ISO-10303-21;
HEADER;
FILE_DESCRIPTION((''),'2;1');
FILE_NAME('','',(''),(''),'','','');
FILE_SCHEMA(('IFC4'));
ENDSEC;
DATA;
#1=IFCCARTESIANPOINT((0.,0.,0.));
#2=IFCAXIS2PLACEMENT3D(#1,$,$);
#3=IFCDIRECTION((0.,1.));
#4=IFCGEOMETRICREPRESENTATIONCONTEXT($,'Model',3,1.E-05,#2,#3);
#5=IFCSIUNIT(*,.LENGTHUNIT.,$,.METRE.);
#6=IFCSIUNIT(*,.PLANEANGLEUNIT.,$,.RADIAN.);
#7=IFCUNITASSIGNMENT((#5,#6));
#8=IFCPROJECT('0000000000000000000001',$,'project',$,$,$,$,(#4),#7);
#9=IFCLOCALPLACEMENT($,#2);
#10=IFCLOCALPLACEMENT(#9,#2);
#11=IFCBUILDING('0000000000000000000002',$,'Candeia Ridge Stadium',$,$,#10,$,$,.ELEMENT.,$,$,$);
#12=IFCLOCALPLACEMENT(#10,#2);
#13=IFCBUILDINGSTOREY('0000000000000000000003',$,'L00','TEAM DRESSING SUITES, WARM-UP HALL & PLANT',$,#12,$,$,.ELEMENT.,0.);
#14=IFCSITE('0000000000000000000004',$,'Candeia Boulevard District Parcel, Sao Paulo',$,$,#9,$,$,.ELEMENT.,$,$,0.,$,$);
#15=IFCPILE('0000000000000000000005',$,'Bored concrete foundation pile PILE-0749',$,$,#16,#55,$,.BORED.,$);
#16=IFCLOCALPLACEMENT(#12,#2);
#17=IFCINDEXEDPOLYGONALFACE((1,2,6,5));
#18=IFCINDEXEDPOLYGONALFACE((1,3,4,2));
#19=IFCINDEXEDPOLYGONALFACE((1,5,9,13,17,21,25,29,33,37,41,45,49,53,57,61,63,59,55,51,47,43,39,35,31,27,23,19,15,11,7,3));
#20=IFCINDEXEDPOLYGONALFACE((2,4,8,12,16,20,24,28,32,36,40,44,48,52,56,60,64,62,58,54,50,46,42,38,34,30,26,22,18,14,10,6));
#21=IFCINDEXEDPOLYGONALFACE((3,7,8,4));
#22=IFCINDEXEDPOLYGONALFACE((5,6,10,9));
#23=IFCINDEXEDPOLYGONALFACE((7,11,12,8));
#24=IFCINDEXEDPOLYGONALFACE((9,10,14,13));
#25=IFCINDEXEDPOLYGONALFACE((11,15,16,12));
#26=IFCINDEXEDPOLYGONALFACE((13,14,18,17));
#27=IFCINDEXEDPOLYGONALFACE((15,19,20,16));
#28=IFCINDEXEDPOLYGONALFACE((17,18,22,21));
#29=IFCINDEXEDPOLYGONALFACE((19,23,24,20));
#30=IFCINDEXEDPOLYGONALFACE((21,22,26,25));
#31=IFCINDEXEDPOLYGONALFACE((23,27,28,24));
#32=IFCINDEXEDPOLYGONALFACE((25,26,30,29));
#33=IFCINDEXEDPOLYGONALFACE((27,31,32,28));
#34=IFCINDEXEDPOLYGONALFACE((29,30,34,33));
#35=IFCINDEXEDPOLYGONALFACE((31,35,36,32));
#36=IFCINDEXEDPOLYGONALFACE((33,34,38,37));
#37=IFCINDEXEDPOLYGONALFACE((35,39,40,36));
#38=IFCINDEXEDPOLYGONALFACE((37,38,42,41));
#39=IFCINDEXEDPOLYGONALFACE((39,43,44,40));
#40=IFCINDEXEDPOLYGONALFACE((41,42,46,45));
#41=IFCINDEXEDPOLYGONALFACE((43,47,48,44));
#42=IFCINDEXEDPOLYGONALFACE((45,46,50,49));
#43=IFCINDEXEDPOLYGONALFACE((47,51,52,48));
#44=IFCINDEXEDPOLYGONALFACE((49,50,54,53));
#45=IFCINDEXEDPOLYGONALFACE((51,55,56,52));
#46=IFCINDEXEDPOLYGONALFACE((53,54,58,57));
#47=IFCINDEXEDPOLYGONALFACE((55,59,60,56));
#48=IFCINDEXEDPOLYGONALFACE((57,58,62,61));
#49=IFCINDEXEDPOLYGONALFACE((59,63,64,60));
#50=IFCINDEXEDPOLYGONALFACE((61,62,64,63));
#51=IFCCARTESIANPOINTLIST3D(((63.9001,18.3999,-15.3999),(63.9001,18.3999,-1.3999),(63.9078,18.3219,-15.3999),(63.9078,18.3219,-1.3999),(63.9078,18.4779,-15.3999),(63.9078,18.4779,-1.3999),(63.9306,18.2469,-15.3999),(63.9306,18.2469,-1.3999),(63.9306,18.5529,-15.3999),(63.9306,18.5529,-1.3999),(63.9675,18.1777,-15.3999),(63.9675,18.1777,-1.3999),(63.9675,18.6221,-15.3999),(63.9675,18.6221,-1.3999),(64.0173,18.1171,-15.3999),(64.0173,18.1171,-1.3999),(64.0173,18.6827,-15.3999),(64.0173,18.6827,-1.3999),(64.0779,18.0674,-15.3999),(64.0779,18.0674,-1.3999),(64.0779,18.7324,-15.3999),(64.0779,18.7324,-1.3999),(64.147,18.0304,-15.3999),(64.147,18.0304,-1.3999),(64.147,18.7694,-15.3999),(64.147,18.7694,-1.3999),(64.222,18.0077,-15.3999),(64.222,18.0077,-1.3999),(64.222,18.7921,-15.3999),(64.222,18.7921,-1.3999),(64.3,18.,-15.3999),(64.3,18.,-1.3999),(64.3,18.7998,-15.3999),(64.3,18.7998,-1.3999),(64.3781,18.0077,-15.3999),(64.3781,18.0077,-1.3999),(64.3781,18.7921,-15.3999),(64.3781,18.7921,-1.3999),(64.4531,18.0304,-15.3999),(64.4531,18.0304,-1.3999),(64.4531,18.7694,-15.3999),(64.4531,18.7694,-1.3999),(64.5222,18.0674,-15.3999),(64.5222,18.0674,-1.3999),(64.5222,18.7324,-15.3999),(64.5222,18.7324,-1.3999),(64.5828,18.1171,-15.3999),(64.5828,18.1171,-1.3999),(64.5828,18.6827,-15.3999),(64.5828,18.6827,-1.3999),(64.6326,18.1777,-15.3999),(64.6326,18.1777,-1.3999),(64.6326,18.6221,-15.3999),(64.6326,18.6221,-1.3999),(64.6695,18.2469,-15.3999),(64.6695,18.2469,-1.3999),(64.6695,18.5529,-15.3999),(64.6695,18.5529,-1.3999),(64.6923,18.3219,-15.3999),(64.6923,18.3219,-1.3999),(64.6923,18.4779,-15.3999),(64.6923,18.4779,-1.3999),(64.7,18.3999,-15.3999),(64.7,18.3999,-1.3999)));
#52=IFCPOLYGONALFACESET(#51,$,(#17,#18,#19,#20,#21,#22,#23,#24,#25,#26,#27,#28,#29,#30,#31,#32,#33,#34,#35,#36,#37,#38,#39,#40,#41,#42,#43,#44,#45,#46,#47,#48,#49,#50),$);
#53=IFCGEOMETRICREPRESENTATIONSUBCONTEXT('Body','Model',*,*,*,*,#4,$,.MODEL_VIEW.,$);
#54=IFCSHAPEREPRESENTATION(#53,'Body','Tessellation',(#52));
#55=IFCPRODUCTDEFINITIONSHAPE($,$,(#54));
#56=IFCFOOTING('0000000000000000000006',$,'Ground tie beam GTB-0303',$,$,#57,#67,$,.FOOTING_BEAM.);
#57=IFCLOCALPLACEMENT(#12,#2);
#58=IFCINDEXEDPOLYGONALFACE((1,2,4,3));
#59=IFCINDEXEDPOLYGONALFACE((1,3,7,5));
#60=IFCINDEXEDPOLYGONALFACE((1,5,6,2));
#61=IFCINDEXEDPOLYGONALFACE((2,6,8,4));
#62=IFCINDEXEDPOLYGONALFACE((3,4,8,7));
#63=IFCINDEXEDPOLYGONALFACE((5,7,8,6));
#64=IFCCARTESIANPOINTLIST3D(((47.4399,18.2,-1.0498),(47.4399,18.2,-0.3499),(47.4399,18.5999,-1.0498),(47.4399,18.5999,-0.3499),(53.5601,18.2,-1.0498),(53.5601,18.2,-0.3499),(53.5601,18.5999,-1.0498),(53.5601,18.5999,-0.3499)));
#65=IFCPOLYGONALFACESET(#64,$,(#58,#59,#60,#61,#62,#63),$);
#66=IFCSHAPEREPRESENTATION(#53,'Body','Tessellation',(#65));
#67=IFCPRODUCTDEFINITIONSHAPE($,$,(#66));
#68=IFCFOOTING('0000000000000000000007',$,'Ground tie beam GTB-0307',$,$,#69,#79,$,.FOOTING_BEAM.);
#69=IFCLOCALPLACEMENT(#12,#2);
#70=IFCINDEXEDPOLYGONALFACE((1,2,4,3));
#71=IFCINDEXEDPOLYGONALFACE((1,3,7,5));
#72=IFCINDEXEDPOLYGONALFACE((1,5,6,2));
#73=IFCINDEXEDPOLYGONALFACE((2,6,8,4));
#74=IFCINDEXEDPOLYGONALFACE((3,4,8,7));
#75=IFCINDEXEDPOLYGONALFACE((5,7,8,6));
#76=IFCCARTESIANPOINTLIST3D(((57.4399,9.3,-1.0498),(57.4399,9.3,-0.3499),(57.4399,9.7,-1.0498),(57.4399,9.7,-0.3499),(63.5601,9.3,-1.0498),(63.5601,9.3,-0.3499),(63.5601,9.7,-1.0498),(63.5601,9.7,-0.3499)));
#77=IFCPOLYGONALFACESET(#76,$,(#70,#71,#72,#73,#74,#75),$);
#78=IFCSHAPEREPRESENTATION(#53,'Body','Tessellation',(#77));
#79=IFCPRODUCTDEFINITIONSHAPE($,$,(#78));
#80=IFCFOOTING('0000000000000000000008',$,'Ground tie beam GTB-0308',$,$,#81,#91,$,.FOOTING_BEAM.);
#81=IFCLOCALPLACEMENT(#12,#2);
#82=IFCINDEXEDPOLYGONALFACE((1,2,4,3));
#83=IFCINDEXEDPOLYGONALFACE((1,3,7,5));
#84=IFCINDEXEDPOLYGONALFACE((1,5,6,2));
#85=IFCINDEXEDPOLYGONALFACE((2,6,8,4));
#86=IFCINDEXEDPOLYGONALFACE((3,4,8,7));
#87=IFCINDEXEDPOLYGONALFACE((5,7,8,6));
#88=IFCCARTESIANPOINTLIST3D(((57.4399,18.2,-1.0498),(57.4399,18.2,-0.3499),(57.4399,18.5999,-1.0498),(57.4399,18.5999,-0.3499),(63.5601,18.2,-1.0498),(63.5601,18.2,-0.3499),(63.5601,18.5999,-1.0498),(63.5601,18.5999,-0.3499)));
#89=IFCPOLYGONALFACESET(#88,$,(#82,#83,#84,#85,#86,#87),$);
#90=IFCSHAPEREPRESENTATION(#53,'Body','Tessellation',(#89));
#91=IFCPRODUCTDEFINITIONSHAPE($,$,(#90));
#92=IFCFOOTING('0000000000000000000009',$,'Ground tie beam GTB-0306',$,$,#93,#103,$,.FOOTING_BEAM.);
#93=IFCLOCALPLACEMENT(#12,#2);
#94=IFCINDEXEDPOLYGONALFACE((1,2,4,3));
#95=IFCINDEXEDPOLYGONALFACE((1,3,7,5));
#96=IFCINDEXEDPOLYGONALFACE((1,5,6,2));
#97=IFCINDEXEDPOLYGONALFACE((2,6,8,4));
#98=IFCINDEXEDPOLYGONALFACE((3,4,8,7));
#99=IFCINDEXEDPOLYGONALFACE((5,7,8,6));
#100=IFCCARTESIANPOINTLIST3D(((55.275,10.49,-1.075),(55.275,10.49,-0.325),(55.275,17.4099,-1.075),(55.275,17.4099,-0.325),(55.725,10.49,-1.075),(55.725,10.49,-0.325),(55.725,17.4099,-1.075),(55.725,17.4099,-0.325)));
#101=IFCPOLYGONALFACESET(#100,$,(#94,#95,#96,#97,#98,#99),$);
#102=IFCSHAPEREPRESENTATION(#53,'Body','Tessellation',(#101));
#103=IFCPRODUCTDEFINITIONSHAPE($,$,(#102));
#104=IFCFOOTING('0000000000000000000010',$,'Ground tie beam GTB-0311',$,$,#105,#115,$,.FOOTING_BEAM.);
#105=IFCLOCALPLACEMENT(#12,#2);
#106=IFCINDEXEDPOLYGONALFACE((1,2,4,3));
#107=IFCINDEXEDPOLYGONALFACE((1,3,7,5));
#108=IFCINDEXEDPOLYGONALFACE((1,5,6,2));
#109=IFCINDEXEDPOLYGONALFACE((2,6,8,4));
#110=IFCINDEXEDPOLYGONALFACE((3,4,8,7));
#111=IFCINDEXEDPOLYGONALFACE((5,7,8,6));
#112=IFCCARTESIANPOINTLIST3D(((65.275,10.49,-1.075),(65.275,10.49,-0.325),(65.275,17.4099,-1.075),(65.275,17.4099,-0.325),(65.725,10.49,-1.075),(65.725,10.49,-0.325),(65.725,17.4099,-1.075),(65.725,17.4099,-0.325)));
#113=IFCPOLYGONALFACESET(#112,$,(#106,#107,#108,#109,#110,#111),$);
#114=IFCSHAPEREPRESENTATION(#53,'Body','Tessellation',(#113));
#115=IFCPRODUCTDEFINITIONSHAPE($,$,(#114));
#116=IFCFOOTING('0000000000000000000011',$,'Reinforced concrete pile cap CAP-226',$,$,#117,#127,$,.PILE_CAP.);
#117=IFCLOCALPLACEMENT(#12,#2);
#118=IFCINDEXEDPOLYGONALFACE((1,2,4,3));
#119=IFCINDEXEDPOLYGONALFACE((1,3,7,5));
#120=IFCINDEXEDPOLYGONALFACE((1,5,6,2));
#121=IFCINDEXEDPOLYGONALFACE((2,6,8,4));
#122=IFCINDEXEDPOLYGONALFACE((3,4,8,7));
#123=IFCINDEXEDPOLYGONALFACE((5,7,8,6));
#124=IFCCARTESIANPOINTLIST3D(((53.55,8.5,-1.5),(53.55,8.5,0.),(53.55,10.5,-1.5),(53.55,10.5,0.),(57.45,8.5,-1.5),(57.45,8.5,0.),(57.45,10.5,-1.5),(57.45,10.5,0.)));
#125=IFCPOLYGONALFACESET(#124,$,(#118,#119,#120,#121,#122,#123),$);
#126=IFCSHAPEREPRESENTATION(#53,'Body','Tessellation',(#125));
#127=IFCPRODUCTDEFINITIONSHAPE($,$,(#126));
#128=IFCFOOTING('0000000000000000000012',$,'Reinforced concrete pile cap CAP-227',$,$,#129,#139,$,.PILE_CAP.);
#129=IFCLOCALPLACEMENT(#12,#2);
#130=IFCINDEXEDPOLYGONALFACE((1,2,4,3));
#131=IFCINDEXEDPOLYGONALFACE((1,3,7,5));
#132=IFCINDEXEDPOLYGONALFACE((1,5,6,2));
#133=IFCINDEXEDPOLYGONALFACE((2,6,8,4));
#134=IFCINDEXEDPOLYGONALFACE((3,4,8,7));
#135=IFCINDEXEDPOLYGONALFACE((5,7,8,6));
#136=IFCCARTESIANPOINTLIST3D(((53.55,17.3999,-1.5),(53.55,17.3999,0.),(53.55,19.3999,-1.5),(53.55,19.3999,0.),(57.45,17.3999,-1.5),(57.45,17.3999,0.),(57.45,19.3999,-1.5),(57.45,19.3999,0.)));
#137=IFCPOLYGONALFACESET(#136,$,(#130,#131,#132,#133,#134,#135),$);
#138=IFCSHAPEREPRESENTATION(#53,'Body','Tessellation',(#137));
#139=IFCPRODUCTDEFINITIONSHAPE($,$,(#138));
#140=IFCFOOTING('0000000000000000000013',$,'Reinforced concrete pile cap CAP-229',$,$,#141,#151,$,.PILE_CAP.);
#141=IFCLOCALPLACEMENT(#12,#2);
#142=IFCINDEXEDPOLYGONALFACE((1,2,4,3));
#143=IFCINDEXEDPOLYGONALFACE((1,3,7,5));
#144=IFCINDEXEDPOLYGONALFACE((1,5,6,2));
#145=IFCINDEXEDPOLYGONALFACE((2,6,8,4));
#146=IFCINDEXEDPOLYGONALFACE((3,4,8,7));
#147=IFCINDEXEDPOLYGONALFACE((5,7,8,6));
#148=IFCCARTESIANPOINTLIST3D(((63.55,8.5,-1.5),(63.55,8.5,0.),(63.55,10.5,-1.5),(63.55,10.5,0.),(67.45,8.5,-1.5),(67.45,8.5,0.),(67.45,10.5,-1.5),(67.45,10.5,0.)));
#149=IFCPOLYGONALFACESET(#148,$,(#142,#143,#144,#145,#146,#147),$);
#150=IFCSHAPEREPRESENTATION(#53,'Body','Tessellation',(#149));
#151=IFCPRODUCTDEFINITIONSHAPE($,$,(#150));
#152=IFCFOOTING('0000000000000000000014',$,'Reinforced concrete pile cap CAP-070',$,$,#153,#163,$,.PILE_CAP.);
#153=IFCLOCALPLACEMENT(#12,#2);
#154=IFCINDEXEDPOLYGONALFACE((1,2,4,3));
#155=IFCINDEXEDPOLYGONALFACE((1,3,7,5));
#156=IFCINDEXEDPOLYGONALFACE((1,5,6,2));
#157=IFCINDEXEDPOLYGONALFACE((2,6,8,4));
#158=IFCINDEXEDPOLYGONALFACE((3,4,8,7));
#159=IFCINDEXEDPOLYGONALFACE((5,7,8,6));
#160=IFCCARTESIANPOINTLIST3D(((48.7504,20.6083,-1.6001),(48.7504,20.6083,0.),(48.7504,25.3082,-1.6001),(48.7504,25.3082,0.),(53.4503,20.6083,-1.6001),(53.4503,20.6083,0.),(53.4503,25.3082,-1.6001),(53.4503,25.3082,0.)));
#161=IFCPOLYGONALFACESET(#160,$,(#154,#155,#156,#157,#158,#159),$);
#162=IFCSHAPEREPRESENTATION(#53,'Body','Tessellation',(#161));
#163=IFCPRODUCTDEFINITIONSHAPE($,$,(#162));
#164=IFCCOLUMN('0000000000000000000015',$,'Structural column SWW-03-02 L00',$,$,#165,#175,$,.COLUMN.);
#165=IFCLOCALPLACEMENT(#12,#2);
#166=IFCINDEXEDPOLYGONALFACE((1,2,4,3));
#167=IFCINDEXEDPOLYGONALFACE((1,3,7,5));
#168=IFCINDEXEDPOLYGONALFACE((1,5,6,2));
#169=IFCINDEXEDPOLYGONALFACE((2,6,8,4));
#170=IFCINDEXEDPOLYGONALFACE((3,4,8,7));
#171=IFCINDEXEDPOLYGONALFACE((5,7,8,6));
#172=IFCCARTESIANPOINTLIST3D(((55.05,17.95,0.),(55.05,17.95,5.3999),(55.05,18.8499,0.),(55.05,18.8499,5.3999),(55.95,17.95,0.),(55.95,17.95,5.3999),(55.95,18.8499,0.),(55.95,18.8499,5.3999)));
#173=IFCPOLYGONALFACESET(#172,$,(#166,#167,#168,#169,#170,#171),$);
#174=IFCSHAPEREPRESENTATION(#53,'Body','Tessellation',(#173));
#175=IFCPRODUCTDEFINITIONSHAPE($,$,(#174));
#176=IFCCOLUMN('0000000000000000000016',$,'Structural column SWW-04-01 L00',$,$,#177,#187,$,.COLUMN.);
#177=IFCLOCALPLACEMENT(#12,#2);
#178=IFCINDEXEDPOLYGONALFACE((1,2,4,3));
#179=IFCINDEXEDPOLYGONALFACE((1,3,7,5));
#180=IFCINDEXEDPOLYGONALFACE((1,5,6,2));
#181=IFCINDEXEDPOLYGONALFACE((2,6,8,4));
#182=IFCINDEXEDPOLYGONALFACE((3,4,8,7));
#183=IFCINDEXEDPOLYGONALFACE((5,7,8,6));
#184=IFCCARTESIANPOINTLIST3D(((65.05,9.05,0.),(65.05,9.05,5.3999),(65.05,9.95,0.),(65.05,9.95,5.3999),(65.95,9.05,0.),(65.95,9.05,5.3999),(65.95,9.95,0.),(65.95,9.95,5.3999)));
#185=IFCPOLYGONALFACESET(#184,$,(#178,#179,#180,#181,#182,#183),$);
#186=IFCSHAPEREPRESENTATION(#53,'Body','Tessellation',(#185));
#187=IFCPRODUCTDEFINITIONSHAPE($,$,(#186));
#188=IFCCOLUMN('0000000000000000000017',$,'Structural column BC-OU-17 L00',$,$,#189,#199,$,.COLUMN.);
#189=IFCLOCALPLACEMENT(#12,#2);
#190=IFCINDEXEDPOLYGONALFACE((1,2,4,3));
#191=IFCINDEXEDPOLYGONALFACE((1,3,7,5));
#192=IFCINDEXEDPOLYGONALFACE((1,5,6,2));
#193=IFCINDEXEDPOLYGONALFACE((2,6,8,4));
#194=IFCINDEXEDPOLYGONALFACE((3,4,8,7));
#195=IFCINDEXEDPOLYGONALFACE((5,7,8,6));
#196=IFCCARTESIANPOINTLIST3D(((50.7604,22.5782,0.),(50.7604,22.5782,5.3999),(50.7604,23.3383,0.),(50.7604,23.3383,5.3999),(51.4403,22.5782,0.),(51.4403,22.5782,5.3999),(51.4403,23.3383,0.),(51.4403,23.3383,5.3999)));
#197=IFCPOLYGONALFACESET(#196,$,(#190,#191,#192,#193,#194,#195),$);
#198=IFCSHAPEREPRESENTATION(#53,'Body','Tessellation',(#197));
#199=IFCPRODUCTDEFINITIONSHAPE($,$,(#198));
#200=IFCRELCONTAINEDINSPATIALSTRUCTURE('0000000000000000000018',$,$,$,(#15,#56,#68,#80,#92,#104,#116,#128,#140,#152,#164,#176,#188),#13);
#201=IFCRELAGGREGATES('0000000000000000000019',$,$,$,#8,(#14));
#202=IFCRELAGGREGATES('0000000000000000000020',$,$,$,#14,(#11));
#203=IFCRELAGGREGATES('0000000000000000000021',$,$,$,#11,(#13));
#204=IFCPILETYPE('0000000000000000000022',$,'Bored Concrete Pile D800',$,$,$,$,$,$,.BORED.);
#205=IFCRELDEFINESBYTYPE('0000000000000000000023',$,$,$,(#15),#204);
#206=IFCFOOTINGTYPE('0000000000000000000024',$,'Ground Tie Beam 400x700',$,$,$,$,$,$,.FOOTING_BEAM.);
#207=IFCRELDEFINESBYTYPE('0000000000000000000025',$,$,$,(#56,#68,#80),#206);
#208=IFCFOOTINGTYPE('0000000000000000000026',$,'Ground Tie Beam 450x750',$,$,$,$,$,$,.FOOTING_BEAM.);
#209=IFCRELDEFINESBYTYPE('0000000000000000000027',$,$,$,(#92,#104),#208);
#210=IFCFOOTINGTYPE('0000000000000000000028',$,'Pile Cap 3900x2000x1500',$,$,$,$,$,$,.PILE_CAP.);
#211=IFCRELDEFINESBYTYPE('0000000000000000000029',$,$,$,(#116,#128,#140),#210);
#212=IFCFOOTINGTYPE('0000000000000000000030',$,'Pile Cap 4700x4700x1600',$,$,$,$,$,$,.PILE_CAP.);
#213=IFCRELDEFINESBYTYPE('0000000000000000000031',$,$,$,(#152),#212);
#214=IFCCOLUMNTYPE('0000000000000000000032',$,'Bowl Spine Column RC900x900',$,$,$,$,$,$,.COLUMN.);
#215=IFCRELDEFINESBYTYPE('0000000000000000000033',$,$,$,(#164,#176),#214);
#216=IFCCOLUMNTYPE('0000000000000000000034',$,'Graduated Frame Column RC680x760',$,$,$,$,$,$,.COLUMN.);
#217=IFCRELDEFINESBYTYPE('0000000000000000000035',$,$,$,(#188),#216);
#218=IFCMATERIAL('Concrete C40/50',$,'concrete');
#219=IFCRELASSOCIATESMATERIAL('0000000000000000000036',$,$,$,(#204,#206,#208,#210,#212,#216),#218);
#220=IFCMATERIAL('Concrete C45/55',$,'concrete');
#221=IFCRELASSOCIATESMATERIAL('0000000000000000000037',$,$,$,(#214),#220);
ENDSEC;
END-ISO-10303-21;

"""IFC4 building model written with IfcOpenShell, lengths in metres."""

from ifc_helpers import new_model, si_unit, direction, frame, origin, origin_2d, place, context, subcontext, project, spatial, rectangle, circle, extrude, material, material_profile, profile_set, type_object, element, save


model = new_model("IFC4")

# Units and contexts
model_context = context("Model", 3, precision=1e-05, world=origin(), true_north=direction((0.0, 1.0)))
body_context = subcontext(model_context, "Body", "Model", "MODEL_VIEW")
ifc_project = project(units=[si_unit("LENGTHUNIT", "METRE"), si_unit("PLANEANGLEUNIT", "RADIAN")], contexts=[model_context])

# Site, building, storey
site_placement = place(None, origin())
site = spatial("IfcSite", under=ifc_project, at=site_placement, Name="Candeia Boulevard District Parcel, Sao Paulo", CompositionType="ELEMENT", RefElevation=0.0)
building_placement = place(site_placement, origin())
building = spatial("IfcBuilding", under=site, at=building_placement, Name="Candeia Ridge Stadium", CompositionType="ELEMENT")
storey_placement = place(building_placement, origin())
storey = spatial("IfcBuildingStorey", under=building, at=storey_placement, Name="L00", Description="TEAM DRESSING SUITES, WARM-UP HALL & PLANT", CompositionType="ELEMENT", Elevation=0.0)

# Pile
ifc_material_1 = material(Name="Concrete C40/50", Category="concrete")
ifc_material_profile_1 = material_profile(ifc_material_1, circle(Radius=0.3999, at=origin_2d()), Name="PILE-D800", Category="concrete")
ifc_profile_set_1 = profile_set([ifc_material_profile_1], Name="Concrete C40/50")
pile_type_1 = type_object("IfcPileType", Name="Bored Concrete Pile D800", PredefinedType="BORED", material=ifc_profile_set_1)
for number, where, z_axis, x_axis, name in (
    (1, (64.3, 18.3999, -1.3999), (0.0, 0.0, -1.0), (1.0, 0.0, 0.0), "Bored concrete foundation pile PILE-0749"),
):
    element("IfcPile", number, at=place(storey_placement, frame(where, z_axis=z_axis, x_axis=x_axis)), inside=storey, type_object=pile_type_1, Name=name, PredefinedType="BORED", context=body_context, shape_type="SweptSolid", body=[
        extrude(circle(Radius=0.3999, at=origin_2d()), origin(), (0.0, 0.0, 1.0), 14.0),
    ])

# Footings
footing_type_1 = type_object("IfcFootingType", Name="Ground Tie Beam 400x700", PredefinedType="FOOTING_BEAM", material=ifc_material_1)
for number, where, z_axis, x_axis, name in (
    (2, (50.5, 18.3999, -1.0498), (0.0, 0.0, 1.0), (1.0, 0.0, 0.0), "Ground tie beam GTB-0303"),
    (3, (60.5, 9.5, -1.0498), (0.0, 0.0, 1.0), (1.0, 0.0, 0.0), "Ground tie beam GTB-0307"),
    (4, (60.5, 18.3999, -1.0498), (0.0, 0.0, 1.0), (1.0, 0.0, 0.0), "Ground tie beam GTB-0308"),
):
    element("IfcFooting", number, at=place(storey_placement, frame(where, z_axis=z_axis, x_axis=x_axis)), inside=storey, type_object=footing_type_1, Name=name, PredefinedType="FOOTING_BEAM", context=body_context, shape_type="SweptSolid", body=[
        extrude(rectangle(XDim=6.1201, YDim=0.3999, at=origin_2d()), origin(), (0.0, 0.0, 1.0), 0.7),
    ])
footing_type_2 = type_object("IfcFootingType", Name="Ground Tie Beam 450x750", PredefinedType="FOOTING_BEAM", material=ifc_material_1)
for number, where, z_axis, x_axis, name in (
    (5, (55.5, 13.95, -1.075), (0.0, 0.0, 1.0), (0.0, 1.0, 0.0), "Ground tie beam GTB-0306"),
    (6, (65.5, 13.95, -1.075), (0.0, 0.0, 1.0), (0.0, 1.0, 0.0), "Ground tie beam GTB-0311"),
):
    element("IfcFooting", number, at=place(storey_placement, frame(where, z_axis=z_axis, x_axis=x_axis)), inside=storey, type_object=footing_type_2, Name=name, PredefinedType="FOOTING_BEAM", context=body_context, shape_type="SweptSolid", body=[
        extrude(rectangle(XDim=6.9199, YDim=0.45, at=origin_2d()), origin(), (0.0, 0.0, 1.0), 0.75),
    ])
footing_type_3 = type_object("IfcFootingType", Name="Pile Cap 3900x2000x1500", PredefinedType="PILE_CAP", material=ifc_material_1)
for number, where, z_axis, x_axis, name in (
    (7, (55.5, 9.5, -1.5), (0.0, 0.0, 1.0), (1.0, 0.0, 0.0), "Reinforced concrete pile cap CAP-226"),
    (8, (55.5, 18.3999, -1.5), (0.0, 0.0, 1.0), (1.0, 0.0, 0.0), "Reinforced concrete pile cap CAP-227"),
    (9, (65.5, 9.5, -1.5), (0.0, 0.0, 1.0), (1.0, 0.0, 0.0), "Reinforced concrete pile cap CAP-229"),
):
    element("IfcFooting", number, at=place(storey_placement, frame(where, z_axis=z_axis, x_axis=x_axis)), inside=storey, type_object=footing_type_3, Name=name, PredefinedType="PILE_CAP", context=body_context, shape_type="SweptSolid", body=[
        extrude(rectangle(XDim=3.8999, YDim=2.0, at=origin_2d()), origin(), (0.0, 0.0, 1.0), 1.5),
    ])
footing_type_4 = type_object("IfcFootingType", Name="Pile Cap 4700x4700x1600", PredefinedType="PILE_CAP", material=ifc_material_1)
footing_placement = place(storey_placement, frame((51.1003, 22.9583, -1.6001), z_axis=(0.0, 0.0, 1.0), x_axis=(1.0, 0.0, 0.0)))
element("IfcFooting", 10, at=footing_placement, inside=storey, type_object=footing_type_4, Name="Reinforced concrete pile cap CAP-070", PredefinedType="PILE_CAP", context=body_context, shape_type="SweptSolid", body=[
    extrude(rectangle(XDim=4.7, YDim=4.7, at=origin_2d()), origin(), (0.0, 0.0, 1.0), 1.6001),
])

# Columns
ifc_material_2 = material(Name="Concrete C45/55", Category="concrete")
ifc_material_profile_2 = material_profile(ifc_material_2, rectangle(XDim=0.8999, YDim=0.8999, at=origin_2d()), Name="RC900x900", Category="concrete")
ifc_profile_set_2 = profile_set([ifc_material_profile_2], Name="Concrete C45/55")
column_type_1 = type_object("IfcColumnType", Name="Bowl Spine Column RC900x900", PredefinedType="COLUMN", material=ifc_profile_set_2)
for number, where, z_axis, x_axis, name in (
    (11, (55.5, 18.3999, 0.0), (0.0, 0.0, 1.0), (1.0, 0.0, 0.0), "Structural column SWW-03-02 L00"),
    (12, (65.5, 9.5, 0.0), (0.0, 0.0, 1.0), (1.0, 0.0, 0.0), "Structural column SWW-04-01 L00"),
):
    element("IfcColumn", number, at=place(storey_placement, frame(where, z_axis=z_axis, x_axis=x_axis)), inside=storey, type_object=column_type_1, Name=name, PredefinedType="COLUMN", context=body_context, shape_type="SweptSolid", body=[
        extrude(rectangle(XDim=0.8999, YDim=0.8999, at=origin_2d()), origin(), (0.0, 0.0, 1.0), 5.3999),
    ])
ifc_material_profile_3 = material_profile(ifc_material_1, rectangle(XDim=0.6799, YDim=0.76, at=origin_2d()), Name="RC680x760", Category="concrete")
ifc_profile_set_3 = profile_set([ifc_material_profile_3], Name="Concrete C40/50")
column_type_2 = type_object("IfcColumnType", Name="Graduated Frame Column RC680x760", PredefinedType="COLUMN", material=ifc_profile_set_3)
column_1_placement = place(storey_placement, frame((51.1003, 22.9583, 0.0), z_axis=(0.0, 0.0, 1.0), x_axis=(1.0, 0.0, 0.0)))
element("IfcColumn", 13, at=column_1_placement, inside=storey, type_object=column_type_2, Name="Structural column BC-OU-17 L00", PredefinedType="COLUMN", context=body_context, shape_type="SweptSolid", body=[
    extrude(rectangle(XDim=0.6799, YDim=0.76, at=origin_2d()), origin(), (0.0, 0.0, 1.0), 5.3999),
])

save(model, "model.ifc")
